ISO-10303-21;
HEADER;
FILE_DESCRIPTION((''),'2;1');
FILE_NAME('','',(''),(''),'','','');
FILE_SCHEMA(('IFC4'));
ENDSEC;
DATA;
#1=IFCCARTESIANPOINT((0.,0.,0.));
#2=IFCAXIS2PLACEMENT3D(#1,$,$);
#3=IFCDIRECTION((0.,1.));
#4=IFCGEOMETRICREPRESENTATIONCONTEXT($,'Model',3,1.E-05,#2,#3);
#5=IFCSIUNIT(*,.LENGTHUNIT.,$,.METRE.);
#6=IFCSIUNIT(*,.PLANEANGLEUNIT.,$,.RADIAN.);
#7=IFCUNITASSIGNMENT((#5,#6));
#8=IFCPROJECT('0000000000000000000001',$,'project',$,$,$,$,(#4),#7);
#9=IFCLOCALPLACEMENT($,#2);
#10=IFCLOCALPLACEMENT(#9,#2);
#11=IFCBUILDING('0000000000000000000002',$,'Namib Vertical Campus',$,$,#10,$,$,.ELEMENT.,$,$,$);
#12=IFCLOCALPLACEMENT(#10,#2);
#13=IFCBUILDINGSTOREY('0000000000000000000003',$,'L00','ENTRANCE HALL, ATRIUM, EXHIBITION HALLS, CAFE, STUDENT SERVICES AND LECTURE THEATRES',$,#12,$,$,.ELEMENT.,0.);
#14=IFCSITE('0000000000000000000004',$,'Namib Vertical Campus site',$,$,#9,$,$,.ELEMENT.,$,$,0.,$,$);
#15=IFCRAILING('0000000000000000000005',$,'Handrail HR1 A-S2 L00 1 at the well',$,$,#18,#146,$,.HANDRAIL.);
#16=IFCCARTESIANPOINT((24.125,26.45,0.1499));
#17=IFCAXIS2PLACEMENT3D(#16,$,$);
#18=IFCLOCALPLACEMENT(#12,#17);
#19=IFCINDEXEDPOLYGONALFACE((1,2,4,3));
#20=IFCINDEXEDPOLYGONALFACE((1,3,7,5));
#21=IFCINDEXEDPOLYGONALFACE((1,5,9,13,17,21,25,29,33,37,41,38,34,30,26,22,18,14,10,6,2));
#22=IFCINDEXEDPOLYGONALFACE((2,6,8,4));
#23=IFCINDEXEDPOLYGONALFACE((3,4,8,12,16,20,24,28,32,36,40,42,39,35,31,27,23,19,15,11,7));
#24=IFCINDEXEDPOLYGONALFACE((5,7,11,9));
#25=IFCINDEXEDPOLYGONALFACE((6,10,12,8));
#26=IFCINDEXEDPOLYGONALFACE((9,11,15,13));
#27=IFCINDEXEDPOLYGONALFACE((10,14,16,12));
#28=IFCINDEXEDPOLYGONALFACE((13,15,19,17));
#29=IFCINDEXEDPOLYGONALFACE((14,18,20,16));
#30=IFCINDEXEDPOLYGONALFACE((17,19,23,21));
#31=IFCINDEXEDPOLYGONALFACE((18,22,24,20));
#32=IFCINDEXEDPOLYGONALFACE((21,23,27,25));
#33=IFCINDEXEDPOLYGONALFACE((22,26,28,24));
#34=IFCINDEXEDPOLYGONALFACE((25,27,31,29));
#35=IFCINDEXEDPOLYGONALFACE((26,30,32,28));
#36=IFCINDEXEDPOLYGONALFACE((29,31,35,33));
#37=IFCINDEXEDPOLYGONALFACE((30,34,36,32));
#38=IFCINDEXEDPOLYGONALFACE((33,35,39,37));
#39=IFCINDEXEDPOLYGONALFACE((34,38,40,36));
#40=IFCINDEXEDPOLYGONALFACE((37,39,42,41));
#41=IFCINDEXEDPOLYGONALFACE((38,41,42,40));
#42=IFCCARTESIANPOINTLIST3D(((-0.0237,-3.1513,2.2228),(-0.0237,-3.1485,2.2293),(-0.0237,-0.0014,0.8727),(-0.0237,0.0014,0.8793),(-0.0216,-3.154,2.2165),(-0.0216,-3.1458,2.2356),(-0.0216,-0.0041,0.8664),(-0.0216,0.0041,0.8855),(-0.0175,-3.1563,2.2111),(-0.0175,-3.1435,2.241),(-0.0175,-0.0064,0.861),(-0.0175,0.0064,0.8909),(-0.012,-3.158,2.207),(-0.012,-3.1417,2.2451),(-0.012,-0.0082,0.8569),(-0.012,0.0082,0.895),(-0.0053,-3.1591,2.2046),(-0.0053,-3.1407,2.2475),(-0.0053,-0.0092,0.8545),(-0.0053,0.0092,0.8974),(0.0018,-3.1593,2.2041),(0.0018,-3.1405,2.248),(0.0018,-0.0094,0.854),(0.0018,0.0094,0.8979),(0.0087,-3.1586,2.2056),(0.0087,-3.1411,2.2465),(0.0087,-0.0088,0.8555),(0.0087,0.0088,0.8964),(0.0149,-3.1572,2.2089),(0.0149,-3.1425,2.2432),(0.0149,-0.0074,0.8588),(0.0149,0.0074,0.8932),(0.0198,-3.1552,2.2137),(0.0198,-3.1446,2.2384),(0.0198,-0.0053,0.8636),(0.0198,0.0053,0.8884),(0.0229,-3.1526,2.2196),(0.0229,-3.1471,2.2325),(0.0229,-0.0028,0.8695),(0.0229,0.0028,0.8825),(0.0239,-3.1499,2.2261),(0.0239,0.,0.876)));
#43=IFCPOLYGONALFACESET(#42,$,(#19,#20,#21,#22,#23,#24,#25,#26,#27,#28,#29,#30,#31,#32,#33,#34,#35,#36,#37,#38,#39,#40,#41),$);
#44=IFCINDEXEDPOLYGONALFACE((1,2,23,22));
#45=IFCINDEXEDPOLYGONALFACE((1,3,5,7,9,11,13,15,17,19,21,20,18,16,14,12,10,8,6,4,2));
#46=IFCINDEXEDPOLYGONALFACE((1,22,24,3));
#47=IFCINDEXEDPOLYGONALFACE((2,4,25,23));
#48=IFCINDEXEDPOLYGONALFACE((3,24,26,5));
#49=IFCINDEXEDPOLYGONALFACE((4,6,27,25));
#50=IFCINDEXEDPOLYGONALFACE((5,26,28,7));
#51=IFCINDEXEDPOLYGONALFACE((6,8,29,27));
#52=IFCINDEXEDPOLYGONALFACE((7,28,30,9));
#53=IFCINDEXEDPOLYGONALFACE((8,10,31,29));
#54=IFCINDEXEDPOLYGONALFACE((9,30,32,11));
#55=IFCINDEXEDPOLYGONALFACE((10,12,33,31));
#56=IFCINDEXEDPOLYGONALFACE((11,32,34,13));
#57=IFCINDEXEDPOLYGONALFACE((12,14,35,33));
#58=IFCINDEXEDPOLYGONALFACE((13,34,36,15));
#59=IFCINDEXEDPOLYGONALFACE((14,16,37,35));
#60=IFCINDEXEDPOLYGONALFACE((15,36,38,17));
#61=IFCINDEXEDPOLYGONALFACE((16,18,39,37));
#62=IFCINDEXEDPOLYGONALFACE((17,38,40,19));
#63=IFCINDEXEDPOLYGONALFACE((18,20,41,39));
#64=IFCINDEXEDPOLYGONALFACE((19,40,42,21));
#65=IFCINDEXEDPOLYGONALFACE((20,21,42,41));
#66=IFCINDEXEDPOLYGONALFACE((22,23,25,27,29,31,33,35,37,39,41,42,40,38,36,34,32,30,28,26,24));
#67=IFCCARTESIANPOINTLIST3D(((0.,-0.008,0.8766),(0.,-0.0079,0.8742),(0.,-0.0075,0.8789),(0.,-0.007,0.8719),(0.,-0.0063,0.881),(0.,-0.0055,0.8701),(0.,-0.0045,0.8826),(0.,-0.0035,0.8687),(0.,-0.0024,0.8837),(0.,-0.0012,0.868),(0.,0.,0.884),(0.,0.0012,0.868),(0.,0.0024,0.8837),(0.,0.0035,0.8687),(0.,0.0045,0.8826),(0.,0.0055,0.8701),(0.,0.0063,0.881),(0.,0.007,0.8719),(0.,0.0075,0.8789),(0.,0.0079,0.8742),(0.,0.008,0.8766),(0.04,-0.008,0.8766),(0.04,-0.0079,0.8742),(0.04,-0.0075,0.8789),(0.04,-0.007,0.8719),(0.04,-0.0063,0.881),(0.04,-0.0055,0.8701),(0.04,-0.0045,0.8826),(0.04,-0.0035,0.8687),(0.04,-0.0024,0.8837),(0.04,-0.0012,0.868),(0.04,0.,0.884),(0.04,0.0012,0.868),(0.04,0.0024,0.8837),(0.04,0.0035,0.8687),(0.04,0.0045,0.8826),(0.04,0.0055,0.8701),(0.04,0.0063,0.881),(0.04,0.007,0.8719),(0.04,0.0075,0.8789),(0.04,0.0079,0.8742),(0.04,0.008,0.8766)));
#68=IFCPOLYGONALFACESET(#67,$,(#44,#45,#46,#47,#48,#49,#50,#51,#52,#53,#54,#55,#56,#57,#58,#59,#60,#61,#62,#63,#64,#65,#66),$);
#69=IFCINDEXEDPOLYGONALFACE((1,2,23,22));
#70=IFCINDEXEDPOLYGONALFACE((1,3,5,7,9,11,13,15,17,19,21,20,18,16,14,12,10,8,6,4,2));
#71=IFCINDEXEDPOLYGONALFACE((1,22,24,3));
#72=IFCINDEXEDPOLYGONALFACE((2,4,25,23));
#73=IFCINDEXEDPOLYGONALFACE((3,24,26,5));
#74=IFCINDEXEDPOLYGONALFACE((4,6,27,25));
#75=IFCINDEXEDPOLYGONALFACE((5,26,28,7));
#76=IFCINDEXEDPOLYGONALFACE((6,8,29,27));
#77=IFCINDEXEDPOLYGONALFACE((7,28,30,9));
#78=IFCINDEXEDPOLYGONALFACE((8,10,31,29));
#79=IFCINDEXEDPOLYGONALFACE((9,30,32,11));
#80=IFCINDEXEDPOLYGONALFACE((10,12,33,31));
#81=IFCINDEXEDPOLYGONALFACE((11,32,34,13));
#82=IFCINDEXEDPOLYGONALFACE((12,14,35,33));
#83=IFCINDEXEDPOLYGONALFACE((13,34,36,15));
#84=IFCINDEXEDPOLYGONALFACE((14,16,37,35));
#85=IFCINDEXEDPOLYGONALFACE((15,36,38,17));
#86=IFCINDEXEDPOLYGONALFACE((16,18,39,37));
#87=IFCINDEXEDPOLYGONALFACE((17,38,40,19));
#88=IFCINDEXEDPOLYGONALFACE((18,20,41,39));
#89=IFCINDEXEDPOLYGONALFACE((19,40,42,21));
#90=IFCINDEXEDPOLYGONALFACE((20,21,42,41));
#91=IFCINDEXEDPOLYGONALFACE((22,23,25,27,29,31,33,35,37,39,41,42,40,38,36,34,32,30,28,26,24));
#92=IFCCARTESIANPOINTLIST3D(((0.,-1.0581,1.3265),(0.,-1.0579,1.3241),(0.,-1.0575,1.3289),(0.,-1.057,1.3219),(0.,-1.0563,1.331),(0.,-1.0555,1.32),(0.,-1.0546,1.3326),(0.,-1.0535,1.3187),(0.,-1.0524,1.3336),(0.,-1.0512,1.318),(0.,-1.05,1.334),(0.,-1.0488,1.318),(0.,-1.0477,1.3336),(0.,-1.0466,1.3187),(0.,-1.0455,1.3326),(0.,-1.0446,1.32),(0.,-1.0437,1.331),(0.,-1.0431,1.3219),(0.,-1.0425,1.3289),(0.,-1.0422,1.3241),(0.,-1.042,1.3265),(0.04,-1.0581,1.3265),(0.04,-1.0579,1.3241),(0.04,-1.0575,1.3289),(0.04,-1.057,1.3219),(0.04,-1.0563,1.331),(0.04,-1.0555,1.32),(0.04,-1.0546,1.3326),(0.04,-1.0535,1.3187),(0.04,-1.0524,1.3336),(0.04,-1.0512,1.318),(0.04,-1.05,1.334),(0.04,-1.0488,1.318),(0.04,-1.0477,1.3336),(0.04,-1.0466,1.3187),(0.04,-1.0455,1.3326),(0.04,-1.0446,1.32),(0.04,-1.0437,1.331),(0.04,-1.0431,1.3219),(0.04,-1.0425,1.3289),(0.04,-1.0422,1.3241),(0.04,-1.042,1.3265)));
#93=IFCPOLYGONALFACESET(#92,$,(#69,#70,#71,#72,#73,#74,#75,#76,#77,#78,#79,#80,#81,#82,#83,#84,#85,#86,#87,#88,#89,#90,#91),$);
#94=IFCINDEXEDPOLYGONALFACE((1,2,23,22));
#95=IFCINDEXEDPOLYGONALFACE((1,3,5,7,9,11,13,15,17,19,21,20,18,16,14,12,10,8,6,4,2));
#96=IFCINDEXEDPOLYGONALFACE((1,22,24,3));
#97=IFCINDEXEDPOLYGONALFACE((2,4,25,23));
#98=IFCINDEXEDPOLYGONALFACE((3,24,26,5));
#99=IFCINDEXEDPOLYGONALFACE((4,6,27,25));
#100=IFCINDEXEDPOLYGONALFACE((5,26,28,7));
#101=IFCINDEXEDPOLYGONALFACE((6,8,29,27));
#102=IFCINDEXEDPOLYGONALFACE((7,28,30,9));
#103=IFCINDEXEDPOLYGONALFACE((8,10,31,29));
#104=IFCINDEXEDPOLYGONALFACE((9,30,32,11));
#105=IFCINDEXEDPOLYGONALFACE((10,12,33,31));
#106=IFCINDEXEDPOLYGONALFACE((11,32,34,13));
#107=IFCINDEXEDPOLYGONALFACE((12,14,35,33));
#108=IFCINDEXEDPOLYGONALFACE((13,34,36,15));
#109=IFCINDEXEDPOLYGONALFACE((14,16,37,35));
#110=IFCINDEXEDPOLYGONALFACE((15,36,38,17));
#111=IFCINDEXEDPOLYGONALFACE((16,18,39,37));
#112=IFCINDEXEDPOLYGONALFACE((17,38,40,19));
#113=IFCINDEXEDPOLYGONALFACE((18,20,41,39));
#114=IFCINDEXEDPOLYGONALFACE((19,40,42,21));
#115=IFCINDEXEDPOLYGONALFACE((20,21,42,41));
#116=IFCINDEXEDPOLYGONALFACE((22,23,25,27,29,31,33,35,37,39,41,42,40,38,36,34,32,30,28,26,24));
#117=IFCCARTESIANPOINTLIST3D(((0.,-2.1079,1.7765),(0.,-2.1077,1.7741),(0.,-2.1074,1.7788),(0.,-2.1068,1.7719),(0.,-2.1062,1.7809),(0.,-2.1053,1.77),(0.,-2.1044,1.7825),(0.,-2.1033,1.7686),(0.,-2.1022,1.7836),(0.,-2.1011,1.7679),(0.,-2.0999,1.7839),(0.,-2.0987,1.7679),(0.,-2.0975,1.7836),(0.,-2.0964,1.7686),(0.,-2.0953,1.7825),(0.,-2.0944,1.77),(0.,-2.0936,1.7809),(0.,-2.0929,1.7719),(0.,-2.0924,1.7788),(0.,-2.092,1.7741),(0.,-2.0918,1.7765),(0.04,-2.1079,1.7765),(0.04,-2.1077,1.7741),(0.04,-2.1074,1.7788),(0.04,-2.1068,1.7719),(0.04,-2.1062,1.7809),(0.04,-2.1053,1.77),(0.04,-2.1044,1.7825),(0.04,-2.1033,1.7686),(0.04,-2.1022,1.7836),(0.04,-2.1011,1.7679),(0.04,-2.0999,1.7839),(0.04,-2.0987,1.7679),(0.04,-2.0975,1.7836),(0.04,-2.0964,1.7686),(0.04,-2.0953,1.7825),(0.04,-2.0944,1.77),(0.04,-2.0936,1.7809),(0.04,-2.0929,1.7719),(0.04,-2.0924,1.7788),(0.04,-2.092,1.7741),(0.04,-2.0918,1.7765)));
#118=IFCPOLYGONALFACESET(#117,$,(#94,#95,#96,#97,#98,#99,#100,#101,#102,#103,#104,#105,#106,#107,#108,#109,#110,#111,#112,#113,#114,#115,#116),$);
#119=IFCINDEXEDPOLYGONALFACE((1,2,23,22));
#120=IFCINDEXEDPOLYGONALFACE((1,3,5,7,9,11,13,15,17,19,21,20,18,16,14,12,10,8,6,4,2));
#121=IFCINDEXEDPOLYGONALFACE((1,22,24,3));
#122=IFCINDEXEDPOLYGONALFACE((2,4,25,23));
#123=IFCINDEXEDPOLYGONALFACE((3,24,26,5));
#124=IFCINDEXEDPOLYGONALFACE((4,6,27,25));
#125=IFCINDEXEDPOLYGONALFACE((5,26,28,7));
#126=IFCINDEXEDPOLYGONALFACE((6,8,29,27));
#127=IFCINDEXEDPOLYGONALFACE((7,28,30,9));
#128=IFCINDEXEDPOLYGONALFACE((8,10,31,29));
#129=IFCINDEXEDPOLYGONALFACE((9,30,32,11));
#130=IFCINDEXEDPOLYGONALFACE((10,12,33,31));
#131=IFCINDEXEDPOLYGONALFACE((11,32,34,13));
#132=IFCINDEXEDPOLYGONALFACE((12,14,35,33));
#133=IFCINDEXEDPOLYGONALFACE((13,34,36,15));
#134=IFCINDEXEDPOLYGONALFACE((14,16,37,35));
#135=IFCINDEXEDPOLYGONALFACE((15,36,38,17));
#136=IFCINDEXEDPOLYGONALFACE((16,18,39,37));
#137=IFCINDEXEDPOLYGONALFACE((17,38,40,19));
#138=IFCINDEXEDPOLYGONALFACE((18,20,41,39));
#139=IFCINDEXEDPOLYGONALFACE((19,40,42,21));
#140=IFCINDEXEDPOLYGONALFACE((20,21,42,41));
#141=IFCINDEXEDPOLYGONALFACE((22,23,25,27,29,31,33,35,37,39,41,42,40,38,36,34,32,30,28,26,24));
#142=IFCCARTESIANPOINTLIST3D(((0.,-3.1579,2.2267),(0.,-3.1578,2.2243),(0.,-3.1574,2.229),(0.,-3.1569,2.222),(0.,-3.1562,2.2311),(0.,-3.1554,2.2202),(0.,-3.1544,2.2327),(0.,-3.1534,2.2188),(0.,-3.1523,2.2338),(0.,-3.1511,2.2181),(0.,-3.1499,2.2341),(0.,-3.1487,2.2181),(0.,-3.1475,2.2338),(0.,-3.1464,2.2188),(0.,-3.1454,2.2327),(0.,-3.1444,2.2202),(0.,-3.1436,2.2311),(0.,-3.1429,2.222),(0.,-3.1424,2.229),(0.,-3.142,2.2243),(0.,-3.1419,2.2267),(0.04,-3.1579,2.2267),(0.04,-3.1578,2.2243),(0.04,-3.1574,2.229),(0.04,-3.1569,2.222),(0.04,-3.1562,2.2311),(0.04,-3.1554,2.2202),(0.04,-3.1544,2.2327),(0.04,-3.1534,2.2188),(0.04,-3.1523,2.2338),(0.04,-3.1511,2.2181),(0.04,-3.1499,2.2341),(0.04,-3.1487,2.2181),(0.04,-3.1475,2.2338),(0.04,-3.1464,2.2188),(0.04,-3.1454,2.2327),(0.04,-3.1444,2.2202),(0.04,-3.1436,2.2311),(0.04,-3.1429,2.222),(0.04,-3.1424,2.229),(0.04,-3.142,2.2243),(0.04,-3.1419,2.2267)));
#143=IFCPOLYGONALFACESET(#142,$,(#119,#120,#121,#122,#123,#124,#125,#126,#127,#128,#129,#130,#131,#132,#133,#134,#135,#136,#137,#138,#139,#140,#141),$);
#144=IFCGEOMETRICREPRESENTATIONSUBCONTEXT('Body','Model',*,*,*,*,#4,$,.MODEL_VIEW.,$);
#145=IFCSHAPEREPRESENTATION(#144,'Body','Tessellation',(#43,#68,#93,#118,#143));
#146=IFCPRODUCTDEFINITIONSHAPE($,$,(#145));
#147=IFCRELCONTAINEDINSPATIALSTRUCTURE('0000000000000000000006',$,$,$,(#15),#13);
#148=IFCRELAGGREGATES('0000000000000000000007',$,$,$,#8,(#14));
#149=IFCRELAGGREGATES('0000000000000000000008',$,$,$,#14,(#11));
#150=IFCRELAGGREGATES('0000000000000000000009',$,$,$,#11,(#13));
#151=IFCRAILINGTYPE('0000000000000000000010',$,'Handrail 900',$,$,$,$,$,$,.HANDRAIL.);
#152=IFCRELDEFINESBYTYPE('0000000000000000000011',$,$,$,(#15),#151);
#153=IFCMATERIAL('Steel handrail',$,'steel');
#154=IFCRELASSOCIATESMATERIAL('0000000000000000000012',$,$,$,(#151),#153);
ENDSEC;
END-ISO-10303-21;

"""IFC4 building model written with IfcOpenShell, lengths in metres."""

from ifc_helpers import new_model, si_unit, direction, frame, origin, origin_2d, place, context, subcontext, project, spatial, circle, extrude, material, type_object, element, save


model = new_model("IFC4")

# Units and contexts
model_context = context("Model", 3, precision=1e-05, world=origin(), true_north=direction((0.0, 1.0)))
body_context = subcontext(model_context, "Body", "Model", "MODEL_VIEW")
ifc_project = project(units=[si_unit("LENGTHUNIT", "METRE"), si_unit("PLANEANGLEUNIT", "RADIAN")], contexts=[model_context])

# Site, building, storey
site_placement = place(None, origin())
site = spatial("IfcSite", under=ifc_project, at=site_placement, Name="Namib Vertical Campus site", CompositionType="ELEMENT", RefElevation=0.0)
building_placement = place(site_placement, origin())
building = spatial("IfcBuilding", under=site, at=building_placement, Name="Namib Vertical Campus", CompositionType="ELEMENT")
storey_placement = place(building_placement, origin())
storey = spatial("IfcBuildingStorey", under=building, at=storey_placement, Name="L00", Description="ENTRANCE HALL, ATRIUM, EXHIBITION HALLS, CAFE, STUDENT SERVICES AND LECTURE THEATRES", CompositionType="ELEMENT", Elevation=0.0)

# Railing
ifc_material_1 = material(Name="Steel handrail", Category="steel")
railing_type_1 = type_object("IfcRailingType", Name="Handrail 900", PredefinedType="HANDRAIL", material=ifc_material_1)
railing_1_placement = place(storey_placement, frame((24.125, 26.45, 0.1499)))
element("IfcRailing", 1, at=railing_1_placement, inside=storey, type_object=railing_type_1, Name="Handrail HR1 A-S2 L00 1 at the well", PredefinedType="HANDRAIL", context=body_context, shape_type="SweptSolid", body=[
    extrude(circle(Radius=0.0239, at=origin_2d()), frame((0.0, 0.0, 0.876), z_axis=(0.0, -0.91913, 0.393954), x_axis=(1.0, 0.0, 0.0)), (0.0, 0.0, 1.0), 3.427),
    extrude(circle(Radius=0.0081, at=origin_2d()), frame((0.0, 0.0, 0.876), z_axis=(1.0, 0.0, 0.0), x_axis=(0.0, 0.0, 1.0)), (0.0, 0.0, 1.0), 0.04),
    extrude(circle(Radius=0.0081, at=origin_2d()), frame((0.0, -1.05, 1.3259), z_axis=(1.0, 0.0, 0.0), x_axis=(0.0, 0.0, 1.0)), (0.0, 0.0, 1.0), 0.04),
    extrude(circle(Radius=0.0081, at=origin_2d()), frame((0.0, -2.0999, 1.7759), z_axis=(1.0, 0.0, 0.0), x_axis=(0.0, 0.0, 1.0)), (0.0, 0.0, 1.0), 0.04),
    extrude(circle(Radius=0.0081, at=origin_2d()), frame((0.0, -3.1499, 2.2261), z_axis=(1.0, 0.0, 0.0), x_axis=(0.0, 0.0, 1.0)), (0.0, 0.0, 1.0), 0.04),
])

save(model, "model.ifc")
